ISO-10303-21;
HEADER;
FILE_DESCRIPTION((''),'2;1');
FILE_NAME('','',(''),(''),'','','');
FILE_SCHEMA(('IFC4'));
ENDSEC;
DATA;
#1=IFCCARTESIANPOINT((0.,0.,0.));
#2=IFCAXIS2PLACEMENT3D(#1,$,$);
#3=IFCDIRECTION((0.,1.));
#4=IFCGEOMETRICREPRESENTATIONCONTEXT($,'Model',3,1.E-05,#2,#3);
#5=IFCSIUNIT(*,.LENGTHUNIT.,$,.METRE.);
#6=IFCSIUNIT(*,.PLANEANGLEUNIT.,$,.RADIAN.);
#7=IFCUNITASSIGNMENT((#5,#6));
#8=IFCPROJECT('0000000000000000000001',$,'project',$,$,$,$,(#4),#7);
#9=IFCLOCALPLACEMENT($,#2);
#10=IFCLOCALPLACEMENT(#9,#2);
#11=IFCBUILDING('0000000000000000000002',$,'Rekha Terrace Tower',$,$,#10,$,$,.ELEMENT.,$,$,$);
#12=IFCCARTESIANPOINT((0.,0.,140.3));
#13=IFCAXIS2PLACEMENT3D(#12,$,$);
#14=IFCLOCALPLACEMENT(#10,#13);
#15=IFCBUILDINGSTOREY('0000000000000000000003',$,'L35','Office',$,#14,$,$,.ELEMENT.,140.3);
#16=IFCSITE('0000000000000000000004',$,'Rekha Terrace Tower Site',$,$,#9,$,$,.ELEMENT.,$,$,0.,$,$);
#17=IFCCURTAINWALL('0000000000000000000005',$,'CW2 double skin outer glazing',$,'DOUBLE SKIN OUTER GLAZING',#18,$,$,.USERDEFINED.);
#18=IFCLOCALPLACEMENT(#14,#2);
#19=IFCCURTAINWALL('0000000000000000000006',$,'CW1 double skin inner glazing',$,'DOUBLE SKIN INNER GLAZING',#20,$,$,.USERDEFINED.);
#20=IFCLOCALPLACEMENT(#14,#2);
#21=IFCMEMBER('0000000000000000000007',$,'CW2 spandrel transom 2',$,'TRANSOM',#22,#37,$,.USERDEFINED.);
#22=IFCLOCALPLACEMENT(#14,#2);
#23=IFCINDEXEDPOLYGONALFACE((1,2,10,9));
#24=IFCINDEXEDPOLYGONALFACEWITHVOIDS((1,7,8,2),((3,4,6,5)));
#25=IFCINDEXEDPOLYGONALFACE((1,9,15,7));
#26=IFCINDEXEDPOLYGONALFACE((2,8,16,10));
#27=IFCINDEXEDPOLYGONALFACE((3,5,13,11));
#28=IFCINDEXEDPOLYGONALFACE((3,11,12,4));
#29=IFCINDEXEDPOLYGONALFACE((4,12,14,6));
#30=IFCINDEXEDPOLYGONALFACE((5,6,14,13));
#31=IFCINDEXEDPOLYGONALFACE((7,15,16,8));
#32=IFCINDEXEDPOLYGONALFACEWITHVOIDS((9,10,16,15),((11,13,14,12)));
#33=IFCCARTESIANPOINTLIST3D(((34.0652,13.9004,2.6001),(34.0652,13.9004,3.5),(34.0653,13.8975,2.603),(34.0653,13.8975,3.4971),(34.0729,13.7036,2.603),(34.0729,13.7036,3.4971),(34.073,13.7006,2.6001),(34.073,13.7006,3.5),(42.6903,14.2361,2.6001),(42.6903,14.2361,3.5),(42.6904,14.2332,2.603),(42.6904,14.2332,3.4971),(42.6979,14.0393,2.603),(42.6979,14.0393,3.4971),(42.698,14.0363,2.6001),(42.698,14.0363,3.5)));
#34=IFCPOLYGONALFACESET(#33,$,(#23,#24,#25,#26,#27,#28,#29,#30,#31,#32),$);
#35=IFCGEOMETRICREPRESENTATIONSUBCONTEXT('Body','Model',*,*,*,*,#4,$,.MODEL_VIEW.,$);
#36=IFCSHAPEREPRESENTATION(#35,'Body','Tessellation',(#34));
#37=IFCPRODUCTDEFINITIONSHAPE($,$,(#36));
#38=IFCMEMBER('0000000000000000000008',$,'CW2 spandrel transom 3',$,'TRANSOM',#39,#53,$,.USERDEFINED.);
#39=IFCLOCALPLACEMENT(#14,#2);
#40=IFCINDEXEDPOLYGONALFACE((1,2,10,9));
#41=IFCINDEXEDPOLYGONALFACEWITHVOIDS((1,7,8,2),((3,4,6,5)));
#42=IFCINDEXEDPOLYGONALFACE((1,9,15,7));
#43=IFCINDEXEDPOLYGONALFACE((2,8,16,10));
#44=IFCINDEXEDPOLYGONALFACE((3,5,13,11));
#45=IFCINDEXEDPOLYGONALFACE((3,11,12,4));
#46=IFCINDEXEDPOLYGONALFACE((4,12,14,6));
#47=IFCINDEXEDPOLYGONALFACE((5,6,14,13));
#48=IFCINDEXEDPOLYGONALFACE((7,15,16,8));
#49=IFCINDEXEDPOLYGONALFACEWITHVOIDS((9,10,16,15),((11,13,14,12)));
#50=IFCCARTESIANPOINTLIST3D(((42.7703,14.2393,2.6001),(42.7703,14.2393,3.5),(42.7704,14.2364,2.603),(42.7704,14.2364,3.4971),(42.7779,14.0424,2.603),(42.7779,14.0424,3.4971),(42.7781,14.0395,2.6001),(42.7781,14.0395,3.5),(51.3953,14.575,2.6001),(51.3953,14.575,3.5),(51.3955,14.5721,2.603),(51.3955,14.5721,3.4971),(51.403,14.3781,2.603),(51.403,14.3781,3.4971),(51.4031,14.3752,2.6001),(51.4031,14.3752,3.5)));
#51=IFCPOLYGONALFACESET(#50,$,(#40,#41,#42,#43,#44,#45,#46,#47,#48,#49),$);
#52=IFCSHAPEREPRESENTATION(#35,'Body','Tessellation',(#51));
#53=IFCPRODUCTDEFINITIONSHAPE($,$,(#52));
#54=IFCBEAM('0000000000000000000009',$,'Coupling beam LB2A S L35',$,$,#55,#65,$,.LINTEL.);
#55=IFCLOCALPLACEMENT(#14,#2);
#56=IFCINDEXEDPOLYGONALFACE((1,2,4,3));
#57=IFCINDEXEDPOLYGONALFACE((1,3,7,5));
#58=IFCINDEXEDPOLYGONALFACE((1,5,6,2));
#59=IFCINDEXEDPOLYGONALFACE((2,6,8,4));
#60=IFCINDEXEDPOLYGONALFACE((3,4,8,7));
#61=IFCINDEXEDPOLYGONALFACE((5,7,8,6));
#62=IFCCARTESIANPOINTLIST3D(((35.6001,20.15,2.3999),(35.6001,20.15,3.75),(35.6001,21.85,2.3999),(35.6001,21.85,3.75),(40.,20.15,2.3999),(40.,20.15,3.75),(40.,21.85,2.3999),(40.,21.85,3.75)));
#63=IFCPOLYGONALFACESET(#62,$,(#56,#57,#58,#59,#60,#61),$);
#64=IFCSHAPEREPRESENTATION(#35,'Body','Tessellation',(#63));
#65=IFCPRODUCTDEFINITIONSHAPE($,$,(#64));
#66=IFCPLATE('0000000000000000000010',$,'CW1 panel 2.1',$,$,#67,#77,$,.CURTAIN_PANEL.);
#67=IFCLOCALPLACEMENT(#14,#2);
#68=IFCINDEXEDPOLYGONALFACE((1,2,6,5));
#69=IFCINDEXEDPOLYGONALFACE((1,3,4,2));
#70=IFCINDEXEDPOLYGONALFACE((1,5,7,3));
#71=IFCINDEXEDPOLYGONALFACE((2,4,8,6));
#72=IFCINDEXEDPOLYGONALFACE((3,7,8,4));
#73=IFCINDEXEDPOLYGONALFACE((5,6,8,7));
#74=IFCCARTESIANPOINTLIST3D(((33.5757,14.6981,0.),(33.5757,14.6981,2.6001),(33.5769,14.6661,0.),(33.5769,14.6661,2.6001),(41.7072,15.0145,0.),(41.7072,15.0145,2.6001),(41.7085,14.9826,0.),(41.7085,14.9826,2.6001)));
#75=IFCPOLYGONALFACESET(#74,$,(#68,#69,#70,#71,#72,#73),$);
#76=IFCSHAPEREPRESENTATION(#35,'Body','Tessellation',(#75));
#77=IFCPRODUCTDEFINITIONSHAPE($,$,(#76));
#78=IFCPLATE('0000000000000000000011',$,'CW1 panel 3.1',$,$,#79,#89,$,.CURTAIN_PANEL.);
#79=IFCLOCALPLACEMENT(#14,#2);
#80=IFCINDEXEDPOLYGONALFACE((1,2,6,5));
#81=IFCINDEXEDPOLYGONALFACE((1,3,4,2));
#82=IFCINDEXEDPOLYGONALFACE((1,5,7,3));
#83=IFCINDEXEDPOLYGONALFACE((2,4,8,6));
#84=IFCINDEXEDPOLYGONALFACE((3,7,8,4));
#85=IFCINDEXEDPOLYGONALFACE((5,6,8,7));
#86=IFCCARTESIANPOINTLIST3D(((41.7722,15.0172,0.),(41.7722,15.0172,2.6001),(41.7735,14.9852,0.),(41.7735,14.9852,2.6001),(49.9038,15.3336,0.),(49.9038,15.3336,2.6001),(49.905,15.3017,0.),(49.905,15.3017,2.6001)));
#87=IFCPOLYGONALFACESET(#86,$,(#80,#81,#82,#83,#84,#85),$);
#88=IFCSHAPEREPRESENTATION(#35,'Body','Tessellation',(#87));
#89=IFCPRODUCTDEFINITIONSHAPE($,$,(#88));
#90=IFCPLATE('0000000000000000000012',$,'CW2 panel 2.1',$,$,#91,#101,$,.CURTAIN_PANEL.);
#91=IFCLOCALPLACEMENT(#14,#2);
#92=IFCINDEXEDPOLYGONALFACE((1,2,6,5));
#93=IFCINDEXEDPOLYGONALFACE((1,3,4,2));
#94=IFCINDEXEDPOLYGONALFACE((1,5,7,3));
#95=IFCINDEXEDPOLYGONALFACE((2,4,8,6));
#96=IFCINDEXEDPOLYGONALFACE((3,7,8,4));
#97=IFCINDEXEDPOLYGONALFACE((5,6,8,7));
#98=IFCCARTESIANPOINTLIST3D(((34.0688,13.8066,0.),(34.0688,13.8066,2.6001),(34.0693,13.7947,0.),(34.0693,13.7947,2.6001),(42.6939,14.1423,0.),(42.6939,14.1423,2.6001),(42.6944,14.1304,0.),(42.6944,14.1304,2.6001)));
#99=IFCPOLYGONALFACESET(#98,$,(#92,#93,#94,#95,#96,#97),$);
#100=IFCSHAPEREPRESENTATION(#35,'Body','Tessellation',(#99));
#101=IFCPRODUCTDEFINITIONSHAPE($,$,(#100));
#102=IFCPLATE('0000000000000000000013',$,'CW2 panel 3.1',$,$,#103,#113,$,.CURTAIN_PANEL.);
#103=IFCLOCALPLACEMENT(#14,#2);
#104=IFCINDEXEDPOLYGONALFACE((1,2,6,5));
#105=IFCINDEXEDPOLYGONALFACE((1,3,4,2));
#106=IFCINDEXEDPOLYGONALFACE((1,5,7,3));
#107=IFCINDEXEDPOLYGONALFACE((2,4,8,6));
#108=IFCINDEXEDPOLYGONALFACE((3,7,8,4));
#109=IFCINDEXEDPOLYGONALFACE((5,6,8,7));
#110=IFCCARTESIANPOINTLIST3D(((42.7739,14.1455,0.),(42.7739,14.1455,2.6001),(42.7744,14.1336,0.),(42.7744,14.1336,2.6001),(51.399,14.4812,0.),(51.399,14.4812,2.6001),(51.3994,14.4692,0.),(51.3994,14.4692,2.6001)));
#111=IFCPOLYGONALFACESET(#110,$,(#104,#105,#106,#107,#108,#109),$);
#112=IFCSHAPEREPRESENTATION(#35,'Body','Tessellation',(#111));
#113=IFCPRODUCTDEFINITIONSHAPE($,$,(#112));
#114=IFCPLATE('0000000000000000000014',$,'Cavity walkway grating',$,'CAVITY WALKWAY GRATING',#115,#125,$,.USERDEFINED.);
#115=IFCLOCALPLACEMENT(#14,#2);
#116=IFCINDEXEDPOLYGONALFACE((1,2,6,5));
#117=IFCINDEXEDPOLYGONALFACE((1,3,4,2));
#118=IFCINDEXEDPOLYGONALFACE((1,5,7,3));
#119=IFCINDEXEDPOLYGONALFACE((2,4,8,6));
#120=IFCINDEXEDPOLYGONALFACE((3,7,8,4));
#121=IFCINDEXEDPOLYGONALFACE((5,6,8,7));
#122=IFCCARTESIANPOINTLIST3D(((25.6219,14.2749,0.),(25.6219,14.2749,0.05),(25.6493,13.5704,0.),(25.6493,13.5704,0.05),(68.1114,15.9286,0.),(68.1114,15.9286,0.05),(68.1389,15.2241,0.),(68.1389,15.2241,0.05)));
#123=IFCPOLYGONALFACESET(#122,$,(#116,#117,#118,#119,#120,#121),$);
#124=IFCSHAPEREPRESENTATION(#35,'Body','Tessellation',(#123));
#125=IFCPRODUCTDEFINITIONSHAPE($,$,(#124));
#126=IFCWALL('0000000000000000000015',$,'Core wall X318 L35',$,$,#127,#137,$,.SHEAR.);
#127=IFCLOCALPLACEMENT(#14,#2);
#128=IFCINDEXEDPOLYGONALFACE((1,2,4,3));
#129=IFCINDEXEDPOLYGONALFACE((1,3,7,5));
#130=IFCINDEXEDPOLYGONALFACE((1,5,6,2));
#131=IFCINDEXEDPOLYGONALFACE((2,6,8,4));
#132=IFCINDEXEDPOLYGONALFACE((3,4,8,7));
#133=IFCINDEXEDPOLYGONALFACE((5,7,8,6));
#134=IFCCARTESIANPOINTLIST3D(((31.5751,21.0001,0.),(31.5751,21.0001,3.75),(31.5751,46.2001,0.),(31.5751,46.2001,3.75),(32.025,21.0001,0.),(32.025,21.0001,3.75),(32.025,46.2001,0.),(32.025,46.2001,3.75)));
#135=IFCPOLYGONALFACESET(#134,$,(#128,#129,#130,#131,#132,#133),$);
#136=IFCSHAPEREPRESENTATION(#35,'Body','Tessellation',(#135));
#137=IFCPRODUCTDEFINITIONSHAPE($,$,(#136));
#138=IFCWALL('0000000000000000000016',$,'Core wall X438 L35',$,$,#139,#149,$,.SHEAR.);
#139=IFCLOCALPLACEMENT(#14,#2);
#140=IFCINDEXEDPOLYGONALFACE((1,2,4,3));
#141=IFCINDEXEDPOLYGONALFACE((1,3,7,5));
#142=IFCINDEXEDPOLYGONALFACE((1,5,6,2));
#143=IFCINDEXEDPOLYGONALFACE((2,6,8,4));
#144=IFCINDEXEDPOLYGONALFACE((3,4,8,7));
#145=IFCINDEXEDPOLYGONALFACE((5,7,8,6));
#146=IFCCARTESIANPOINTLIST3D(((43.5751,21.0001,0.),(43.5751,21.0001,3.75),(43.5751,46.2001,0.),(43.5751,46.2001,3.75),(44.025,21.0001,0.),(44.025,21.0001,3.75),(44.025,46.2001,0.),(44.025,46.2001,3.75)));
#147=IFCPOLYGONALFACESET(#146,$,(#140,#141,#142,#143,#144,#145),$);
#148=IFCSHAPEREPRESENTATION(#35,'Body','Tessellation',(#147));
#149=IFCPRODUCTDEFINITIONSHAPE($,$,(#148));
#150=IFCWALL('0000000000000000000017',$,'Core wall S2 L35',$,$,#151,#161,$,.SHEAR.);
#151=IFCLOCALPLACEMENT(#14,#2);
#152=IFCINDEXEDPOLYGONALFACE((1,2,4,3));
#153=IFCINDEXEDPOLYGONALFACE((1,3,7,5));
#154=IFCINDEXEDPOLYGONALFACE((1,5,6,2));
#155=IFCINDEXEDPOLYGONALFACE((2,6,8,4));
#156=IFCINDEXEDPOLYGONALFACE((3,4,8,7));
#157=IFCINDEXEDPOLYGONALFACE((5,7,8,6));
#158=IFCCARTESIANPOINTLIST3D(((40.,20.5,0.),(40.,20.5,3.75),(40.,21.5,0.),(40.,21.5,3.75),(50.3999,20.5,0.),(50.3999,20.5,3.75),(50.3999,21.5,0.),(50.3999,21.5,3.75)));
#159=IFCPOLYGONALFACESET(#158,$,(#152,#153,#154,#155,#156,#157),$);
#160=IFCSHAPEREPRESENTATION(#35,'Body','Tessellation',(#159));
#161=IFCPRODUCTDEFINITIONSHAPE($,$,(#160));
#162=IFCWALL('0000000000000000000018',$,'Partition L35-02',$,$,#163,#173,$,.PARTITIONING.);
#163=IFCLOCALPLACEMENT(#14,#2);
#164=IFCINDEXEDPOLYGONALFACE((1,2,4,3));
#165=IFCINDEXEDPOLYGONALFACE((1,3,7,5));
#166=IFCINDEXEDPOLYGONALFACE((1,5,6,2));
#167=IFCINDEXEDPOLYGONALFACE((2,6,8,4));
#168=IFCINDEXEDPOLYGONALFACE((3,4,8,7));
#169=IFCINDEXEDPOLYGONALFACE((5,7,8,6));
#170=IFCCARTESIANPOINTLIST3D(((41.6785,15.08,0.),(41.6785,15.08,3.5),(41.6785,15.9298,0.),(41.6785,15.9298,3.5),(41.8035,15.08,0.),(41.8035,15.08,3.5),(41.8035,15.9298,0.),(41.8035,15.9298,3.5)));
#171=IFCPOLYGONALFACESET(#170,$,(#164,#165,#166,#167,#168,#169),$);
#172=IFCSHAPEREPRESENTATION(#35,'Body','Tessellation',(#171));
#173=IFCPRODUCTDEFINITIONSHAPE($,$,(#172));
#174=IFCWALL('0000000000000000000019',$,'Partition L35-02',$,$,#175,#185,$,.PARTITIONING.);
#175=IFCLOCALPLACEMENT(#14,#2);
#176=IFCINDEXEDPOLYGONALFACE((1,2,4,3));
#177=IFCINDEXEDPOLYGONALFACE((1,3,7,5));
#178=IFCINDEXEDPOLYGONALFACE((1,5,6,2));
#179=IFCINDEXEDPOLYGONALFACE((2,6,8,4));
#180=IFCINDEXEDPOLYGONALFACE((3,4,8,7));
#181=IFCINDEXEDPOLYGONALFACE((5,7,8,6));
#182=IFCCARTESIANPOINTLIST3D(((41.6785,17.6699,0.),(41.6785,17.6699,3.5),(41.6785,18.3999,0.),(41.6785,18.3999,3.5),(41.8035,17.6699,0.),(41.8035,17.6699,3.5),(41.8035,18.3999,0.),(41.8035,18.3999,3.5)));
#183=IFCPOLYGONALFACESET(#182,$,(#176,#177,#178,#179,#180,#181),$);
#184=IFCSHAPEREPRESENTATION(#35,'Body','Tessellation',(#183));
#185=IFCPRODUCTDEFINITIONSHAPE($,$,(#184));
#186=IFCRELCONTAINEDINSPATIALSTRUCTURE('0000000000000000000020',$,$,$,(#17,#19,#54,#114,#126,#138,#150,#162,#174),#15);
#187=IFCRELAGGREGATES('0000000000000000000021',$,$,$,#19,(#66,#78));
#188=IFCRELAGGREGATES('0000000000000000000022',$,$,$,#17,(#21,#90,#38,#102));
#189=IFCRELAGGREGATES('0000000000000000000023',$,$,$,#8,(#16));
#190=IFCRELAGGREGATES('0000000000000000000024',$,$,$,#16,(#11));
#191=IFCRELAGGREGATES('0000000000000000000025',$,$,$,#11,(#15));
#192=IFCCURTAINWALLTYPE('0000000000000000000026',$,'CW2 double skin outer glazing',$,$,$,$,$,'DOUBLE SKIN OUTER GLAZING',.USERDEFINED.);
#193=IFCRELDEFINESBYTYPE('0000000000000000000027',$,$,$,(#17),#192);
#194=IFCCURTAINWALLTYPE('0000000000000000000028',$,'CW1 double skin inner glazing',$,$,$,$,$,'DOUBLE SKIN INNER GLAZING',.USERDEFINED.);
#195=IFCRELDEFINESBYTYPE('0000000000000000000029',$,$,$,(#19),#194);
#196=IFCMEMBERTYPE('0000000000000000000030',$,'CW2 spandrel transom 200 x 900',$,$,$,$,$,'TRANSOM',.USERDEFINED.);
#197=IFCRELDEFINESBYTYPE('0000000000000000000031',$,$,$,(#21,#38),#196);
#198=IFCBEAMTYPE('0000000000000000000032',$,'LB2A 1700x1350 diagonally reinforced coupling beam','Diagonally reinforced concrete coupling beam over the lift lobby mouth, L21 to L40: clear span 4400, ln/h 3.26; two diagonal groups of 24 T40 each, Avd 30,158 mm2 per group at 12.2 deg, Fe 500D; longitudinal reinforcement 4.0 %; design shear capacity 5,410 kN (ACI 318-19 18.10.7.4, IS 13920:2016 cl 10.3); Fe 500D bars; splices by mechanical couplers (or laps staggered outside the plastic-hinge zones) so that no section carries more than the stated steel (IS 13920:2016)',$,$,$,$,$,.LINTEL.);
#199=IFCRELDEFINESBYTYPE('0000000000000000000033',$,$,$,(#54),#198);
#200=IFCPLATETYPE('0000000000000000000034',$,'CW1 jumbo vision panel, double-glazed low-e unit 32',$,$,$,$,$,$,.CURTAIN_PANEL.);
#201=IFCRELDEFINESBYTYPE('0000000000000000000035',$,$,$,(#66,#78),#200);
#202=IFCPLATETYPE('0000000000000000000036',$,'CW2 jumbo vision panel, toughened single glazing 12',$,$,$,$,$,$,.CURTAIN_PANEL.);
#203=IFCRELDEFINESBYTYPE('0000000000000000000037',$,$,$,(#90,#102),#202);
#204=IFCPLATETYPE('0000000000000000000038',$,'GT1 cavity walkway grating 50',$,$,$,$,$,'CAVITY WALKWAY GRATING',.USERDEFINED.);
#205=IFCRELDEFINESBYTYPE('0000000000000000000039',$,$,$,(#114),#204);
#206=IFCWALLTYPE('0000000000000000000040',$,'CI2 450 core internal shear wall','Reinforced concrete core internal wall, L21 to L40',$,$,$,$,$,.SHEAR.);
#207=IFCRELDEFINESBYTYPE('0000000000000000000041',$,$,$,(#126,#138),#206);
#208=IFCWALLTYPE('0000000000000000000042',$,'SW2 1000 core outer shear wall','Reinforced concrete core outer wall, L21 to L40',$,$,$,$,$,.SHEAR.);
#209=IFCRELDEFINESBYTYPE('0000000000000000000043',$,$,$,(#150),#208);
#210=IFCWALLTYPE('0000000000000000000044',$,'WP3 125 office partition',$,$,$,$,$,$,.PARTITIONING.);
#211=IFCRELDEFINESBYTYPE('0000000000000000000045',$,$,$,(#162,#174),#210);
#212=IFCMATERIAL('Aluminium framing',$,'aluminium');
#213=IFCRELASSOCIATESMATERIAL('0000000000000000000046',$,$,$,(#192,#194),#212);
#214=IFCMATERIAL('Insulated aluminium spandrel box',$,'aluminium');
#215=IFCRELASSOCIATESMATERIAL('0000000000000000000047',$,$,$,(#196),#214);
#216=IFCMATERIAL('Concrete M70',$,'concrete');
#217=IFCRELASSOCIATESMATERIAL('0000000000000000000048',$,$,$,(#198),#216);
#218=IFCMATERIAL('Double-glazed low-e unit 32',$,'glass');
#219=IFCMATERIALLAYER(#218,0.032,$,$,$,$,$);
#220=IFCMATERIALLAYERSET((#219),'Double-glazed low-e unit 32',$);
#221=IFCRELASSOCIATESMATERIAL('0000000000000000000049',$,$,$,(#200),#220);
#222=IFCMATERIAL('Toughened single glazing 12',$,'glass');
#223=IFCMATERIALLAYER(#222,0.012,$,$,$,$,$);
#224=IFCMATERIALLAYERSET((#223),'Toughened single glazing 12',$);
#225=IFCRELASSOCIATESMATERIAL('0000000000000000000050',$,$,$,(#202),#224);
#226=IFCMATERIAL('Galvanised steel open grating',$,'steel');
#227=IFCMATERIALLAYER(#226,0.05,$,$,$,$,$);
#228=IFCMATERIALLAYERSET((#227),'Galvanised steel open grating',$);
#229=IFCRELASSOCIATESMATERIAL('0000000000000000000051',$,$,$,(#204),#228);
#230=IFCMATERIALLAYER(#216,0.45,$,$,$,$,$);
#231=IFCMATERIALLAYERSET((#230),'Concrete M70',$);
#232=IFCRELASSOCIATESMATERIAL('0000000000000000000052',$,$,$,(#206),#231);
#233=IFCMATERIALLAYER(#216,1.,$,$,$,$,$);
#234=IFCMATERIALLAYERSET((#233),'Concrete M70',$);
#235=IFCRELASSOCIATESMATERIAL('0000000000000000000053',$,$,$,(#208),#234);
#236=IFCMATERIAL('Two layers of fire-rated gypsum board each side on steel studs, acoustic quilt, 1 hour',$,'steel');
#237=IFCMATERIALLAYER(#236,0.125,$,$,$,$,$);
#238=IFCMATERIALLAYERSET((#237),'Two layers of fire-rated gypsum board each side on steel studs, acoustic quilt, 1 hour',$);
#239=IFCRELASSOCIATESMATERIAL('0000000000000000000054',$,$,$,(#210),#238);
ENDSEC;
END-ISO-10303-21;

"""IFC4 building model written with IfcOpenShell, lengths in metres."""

from ifc_helpers import new_model, si_unit, direction, frame, frame_2d, origin, origin_2d, place, context, subcontext, project, spatial, rectangle, hollow_rectangle, extrude, material, layer, layer_set, material_profile, profile_set, type_object, element, aggregate, save


model = new_model("IFC4")

# Units and contexts
model_context = context("Model", 3, precision=1e-05, world=origin(), true_north=direction((0.0, 1.0)))
body_context = subcontext(model_context, "Body", "Model", "MODEL_VIEW")
ifc_project = project(units=[si_unit("LENGTHUNIT", "METRE"), si_unit("PLANEANGLEUNIT", "RADIAN")], contexts=[model_context])

# Site, building, storey
site_placement = place(None, origin())
site = spatial("IfcSite", under=ifc_project, at=site_placement, Name="Rekha Terrace Tower Site", CompositionType="ELEMENT", RefElevation=0.0)
building_placement = place(site_placement, origin())
building = spatial("IfcBuilding", under=site, at=building_placement, Name="Rekha Terrace Tower", CompositionType="ELEMENT")
storey_placement = place(building_placement, frame((0.0, 0.0, 140.3)))
storey = spatial("IfcBuildingStorey", under=building, at=storey_placement, Name="L35", Description="Office", CompositionType="ELEMENT", Elevation=140.3)

# Shared definitions
ifc_material_1 = material(Name="Concrete M70", Category="concrete")

# Curtain walls
ifc_material_2 = material(Name="Aluminium framing", Category="aluminium")
curtain_wall_type_1 = type_object("IfcCurtainWallType", Name="CW2 double skin outer glazing", ElementType="DOUBLE SKIN OUTER GLAZING", PredefinedType="USERDEFINED", material=ifc_material_2)
curtain_wall_1_placement = place(storey_placement, origin())
curtain_wall_1 = element("IfcCurtainWall", 1, at=curtain_wall_1_placement, inside=storey, type_object=curtain_wall_type_1, Name="CW2 double skin outer glazing", ObjectType="DOUBLE SKIN OUTER GLAZING", PredefinedType="USERDEFINED")
curtain_wall_type_2 = type_object("IfcCurtainWallType", Name="CW1 double skin inner glazing", ElementType="DOUBLE SKIN INNER GLAZING", PredefinedType="USERDEFINED", material=ifc_material_2)
curtain_wall_2_placement = place(storey_placement, origin())
curtain_wall_2 = element("IfcCurtainWall", 2, at=curtain_wall_2_placement, inside=storey, type_object=curtain_wall_type_2, Name="CW1 double skin inner glazing", ObjectType="DOUBLE SKIN INNER GLAZING", PredefinedType="USERDEFINED")
ifc_material_3 = material(Name="Insulated aluminium spandrel box", Category="aluminium")

# Members
ifc_material_profile_1 = material_profile(ifc_material_3, hollow_rectangle(XDim=0.2, YDim=0.8999, WallThickness=0.0029, at=origin_2d()), Name="AL SPANDREL BOX 200x900")
ifc_profile_set_1 = profile_set([ifc_material_profile_1], Name="Insulated aluminium spandrel box")
member_type_1 = type_object("IfcMemberType", Name="CW2 spandrel transom 200 x 900", ElementType="TRANSOM", PredefinedType="USERDEFINED", material=ifc_profile_set_1)
member_1_placement = place(storey_placement, frame((34.0691, 13.8005, 3.05), z_axis=(0.999243, 0.038892, 0.0), x_axis=(-0.038892, 0.999243, 0.0)))
member_1 = element("IfcMember", 3, at=member_1_placement, type_object=member_type_1, Name="CW2 spandrel transom 2", ObjectType="TRANSOM", PredefinedType="USERDEFINED", context=body_context, shape_type="SweptSolid", body=[
    extrude(hollow_rectangle(XDim=0.2, YDim=0.8999, WallThickness=0.0029, at=origin_2d()), origin(), (0.0, 0.0, 1.0), 8.6316),
])
member_2_placement = place(storey_placement, frame((42.7742, 14.1394, 3.05), z_axis=(0.999243, 0.038892, 0.0), x_axis=(-0.038892, 0.999243, 0.0)))
member_2 = element("IfcMember", 4, at=member_2_placement, type_object=member_type_1, Name="CW2 spandrel transom 3", ObjectType="TRANSOM", PredefinedType="USERDEFINED", context=body_context, shape_type="SweptSolid", body=[
    extrude(hollow_rectangle(XDim=0.2, YDim=0.8999, WallThickness=0.0029, at=origin_2d()), origin(), (0.0, 0.0, 1.0), 8.6316),
])

# Beam
ifc_material_profile_2 = material_profile(ifc_material_1, rectangle(XDim=1.7, YDim=1.3501, at=origin_2d()), Name="RC 1700x1350")
ifc_profile_set_2 = profile_set([ifc_material_profile_2], Name="Concrete M70")
beam_type = type_object("IfcBeamType", Name="LB2A 1700x1350 diagonally reinforced coupling beam", Description="Diagonally reinforced concrete coupling beam over the lift lobby mouth, L21 to L40: clear span 4400, ln/h 3.26; two diagonal groups of 24 T40 each, Avd 30,158 mm2 per group at 12.2 deg, Fe 500D; longitudinal reinforcement 4.0 %; design shear capacity 5,410 kN (ACI 318-19 18.10.7.4, IS 13920:2016 cl 10.3); Fe 500D bars; splices by mechanical couplers (or laps staggered outside the plastic-hinge zones) so that no section carries more than the stated steel (IS 13920:2016)", PredefinedType="LINTEL", material=ifc_profile_set_2)
beam_placement = place(storey_placement, frame((35.6001, 21.0, 3.075), z_axis=(1.0, 0.0, 0.0), x_axis=(0.0, 1.0, 0.0)))
element("IfcBeam", 5, at=beam_placement, inside=storey, type_object=beam_type, Name="Coupling beam LB2A S L35", PredefinedType="LINTEL", context=body_context, shape_type="SweptSolid", body=[
    extrude(rectangle(XDim=1.7, YDim=1.3501, at=origin_2d()), origin(), (0.0, 0.0, 1.0), 4.3999),
])

# Plates
ifc_material_4 = material(Name="Double-glazed low-e unit 32", Category="glass")
ifc_layer_1 = layer(ifc_material_4, 0.032)
ifc_layer_set_1 = layer_set([ifc_layer_1], Name="Double-glazed low-e unit 32")
plate_type_1 = type_object("IfcPlateType", Name="CW1 jumbo vision panel, double-glazed low-e unit 32", PredefinedType="CURTAIN_PANEL", material=ifc_layer_set_1)
plate_1_placement = place(storey_placement, frame((37.6421, 14.8403, 0.0), z_axis=(0.0, 0.0, 1.0), x_axis=(0.999243, 0.03889, 0.0)))
plate_1 = element("IfcPlate", 6, at=plate_1_placement, type_object=plate_type_1, Name="CW1 panel 2.1", PredefinedType="CURTAIN_PANEL", context=body_context, shape_type="SweptSolid", body=[
    extrude(rectangle(XDim=8.1377, YDim=0.032, at=origin_2d()), origin(), (0.0, 0.0, 1.0), 2.6001),
])
plate_2_placement = place(storey_placement, frame((45.8386, 15.1594, 0.0), z_axis=(0.0, 0.0, 1.0), x_axis=(0.999243, 0.03889, 0.0)))
plate_2 = element("IfcPlate", 7, at=plate_2_placement, type_object=plate_type_1, Name="CW1 panel 3.1", PredefinedType="CURTAIN_PANEL", context=body_context, shape_type="SweptSolid", body=[
    extrude(rectangle(XDim=8.1377, YDim=0.032, at=origin_2d()), origin(), (0.0, 0.0, 1.0), 2.6001),
])
aggregate(curtain_wall_2, [plate_1, plate_2])
ifc_material_5 = material(Name="Toughened single glazing 12", Category="glass")
ifc_layer_2 = layer(ifc_material_5, 0.012)
ifc_layer_set_2 = layer_set([ifc_layer_2], Name="Toughened single glazing 12")
plate_type_2 = type_object("IfcPlateType", Name="CW2 jumbo vision panel, toughened single glazing 12", PredefinedType="CURTAIN_PANEL", material=ifc_layer_set_2)
plate_3_placement = place(storey_placement, frame((38.3816, 13.9685, 0.0), z_axis=(0.0, 0.0, 1.0), x_axis=(0.999243, 0.03889, 0.0)))
plate_3 = element("IfcPlate", 8, at=plate_3_placement, type_object=plate_type_2, Name="CW2 panel 2.1", PredefinedType="CURTAIN_PANEL", context=body_context, shape_type="SweptSolid", body=[
    extrude(rectangle(XDim=8.6316, YDim=0.012, at=origin_2d()), origin(), (0.0, 0.0, 1.0), 2.6001),
])
plate_4_placement = place(storey_placement, frame((47.0867, 14.3074, 0.0), z_axis=(0.0, 0.0, 1.0), x_axis=(0.999243, 0.03889, 0.0)))
plate_4 = element("IfcPlate", 9, at=plate_4_placement, type_object=plate_type_2, Name="CW2 panel 3.1", PredefinedType="CURTAIN_PANEL", context=body_context, shape_type="SweptSolid", body=[
    extrude(rectangle(XDim=8.6316, YDim=0.012, at=origin_2d()), origin(), (0.0, 0.0, 1.0), 2.6001),
])
aggregate(curtain_wall_1, [member_1, plate_3, member_2, plate_4])
ifc_material_6 = material(Name="Galvanised steel open grating", Category="steel")
ifc_layer_3 = layer(ifc_material_6, 0.05)
ifc_layer_set_3 = layer_set([ifc_layer_3], Name="Galvanised steel open grating")
plate_type_3 = type_object("IfcPlateType", Name="GT1 cavity walkway grating 50", ElementType="CAVITY WALKWAY GRATING", PredefinedType="USERDEFINED", material=ifc_layer_set_3)
plate_5_placement = place(storey_placement, frame((46.8804, 14.7495, 0.0), z_axis=(0.0, 0.0, 1.0), x_axis=(0.999243, 0.03889, 0.0)))
element("IfcPlate", 10, at=plate_5_placement, inside=storey, type_object=plate_type_3, Name="Cavity walkway grating", ObjectType="CAVITY WALKWAY GRATING", PredefinedType="USERDEFINED", context=body_context, shape_type="SweptSolid", body=[
    extrude(rectangle(XDim=42.5217, YDim=0.7051, at=origin_2d()), origin(), (0.0, 0.0, 1.0), 0.05),
])

# Walls
ifc_layer_4 = layer(ifc_material_1, 0.45)
ifc_layer_set_4 = layer_set([ifc_layer_4], Name="Concrete M70")
wall_type_1 = type_object("IfcWallType", Name="CI2 450 core internal shear wall", Description="Reinforced concrete core internal wall, L21 to L40", PredefinedType="SHEAR", material=ifc_layer_set_4)
for number, where, z_axis, x_axis, name in (
    (11, (31.8, 21.0, 0.0), (0.0, 0.0, 1.0), (0.0, 1.0, 0.0), "Core wall X318 L35"),
    (12, (43.8, 21.0, 0.0), (0.0, 0.0, 1.0), (0.0, 1.0, 0.0), "Core wall X438 L35"),
):
    element("IfcWall", number, at=place(storey_placement, frame(where, z_axis=z_axis, x_axis=x_axis)), inside=storey, type_object=wall_type_1, Name=name, PredefinedType="SHEAR", context=body_context, shape_type="SweptSolid", body=[
        extrude(rectangle(XDim=25.2, YDim=0.45, at=frame_2d((12.6001, 0.0))), origin(), (0.0, 0.0, 1.0), 3.75),
    ])
ifc_layer_5 = layer(ifc_material_1, 1.0)
ifc_layer_set_5 = layer_set([ifc_layer_5], Name="Concrete M70")
wall_type_2 = type_object("IfcWallType", Name="SW2 1000 core outer shear wall", Description="Reinforced concrete core outer wall, L21 to L40", PredefinedType="SHEAR", material=ifc_layer_set_5)
wall_1_placement = place(storey_placement, frame((40.0, 21.0, 0.0), z_axis=(0.0, 0.0, 1.0), x_axis=(1.0, 0.0, 0.0)))
element("IfcWall", 13, at=wall_1_placement, inside=storey, type_object=wall_type_2, Name="Core wall S2 L35", PredefinedType="SHEAR", context=body_context, shape_type="SweptSolid", body=[
    extrude(rectangle(XDim=10.3999, YDim=1.0, at=frame_2d((5.2, 0.0))), origin(), (0.0, 0.0, 1.0), 3.75),
])
ifc_material_7 = material(Name="Two layers of fire-rated gypsum board each side on steel studs, acoustic quilt, 1 hour", Category="steel")
ifc_layer_6 = layer(ifc_material_7, 0.125)
ifc_layer_set_6 = layer_set([ifc_layer_6], Name="Two layers of fire-rated gypsum board each side on steel studs, acoustic quilt, 1 hour")
wall_type_3 = type_object("IfcWallType", Name="WP3 125 office partition", PredefinedType="PARTITIONING", material=ifc_layer_set_6)
wall_2_placement = place(storey_placement, frame((41.741, 15.0801, 0.0), z_axis=(0.0, 0.0, 1.0), x_axis=(0.0, 1.0, 0.0)))
element("IfcWall", 14, at=wall_2_placement, inside=storey, type_object=wall_type_3, Name="Partition L35-02", PredefinedType="PARTITIONING", context=body_context, shape_type="SweptSolid", body=[
    extrude(rectangle(XDim=0.8499, YDim=0.125, at=frame_2d((0.4248, 0.0))), origin(), (0.0, 0.0, 1.0), 3.5),
])
wall_3_placement = place(storey_placement, frame((41.741, 17.6699, 0.0), z_axis=(0.0, 0.0, 1.0), x_axis=(0.0, 1.0, 0.0)))
element("IfcWall", 15, at=wall_3_placement, inside=storey, type_object=wall_type_3, Name="Partition L35-02", PredefinedType="PARTITIONING", context=body_context, shape_type="SweptSolid", body=[
    extrude(rectangle(XDim=0.73, YDim=0.125, at=frame_2d((0.365, 0.0))), origin(), (0.0, 0.0, 1.0), 3.5),
])

save(model, "model.ifc")
